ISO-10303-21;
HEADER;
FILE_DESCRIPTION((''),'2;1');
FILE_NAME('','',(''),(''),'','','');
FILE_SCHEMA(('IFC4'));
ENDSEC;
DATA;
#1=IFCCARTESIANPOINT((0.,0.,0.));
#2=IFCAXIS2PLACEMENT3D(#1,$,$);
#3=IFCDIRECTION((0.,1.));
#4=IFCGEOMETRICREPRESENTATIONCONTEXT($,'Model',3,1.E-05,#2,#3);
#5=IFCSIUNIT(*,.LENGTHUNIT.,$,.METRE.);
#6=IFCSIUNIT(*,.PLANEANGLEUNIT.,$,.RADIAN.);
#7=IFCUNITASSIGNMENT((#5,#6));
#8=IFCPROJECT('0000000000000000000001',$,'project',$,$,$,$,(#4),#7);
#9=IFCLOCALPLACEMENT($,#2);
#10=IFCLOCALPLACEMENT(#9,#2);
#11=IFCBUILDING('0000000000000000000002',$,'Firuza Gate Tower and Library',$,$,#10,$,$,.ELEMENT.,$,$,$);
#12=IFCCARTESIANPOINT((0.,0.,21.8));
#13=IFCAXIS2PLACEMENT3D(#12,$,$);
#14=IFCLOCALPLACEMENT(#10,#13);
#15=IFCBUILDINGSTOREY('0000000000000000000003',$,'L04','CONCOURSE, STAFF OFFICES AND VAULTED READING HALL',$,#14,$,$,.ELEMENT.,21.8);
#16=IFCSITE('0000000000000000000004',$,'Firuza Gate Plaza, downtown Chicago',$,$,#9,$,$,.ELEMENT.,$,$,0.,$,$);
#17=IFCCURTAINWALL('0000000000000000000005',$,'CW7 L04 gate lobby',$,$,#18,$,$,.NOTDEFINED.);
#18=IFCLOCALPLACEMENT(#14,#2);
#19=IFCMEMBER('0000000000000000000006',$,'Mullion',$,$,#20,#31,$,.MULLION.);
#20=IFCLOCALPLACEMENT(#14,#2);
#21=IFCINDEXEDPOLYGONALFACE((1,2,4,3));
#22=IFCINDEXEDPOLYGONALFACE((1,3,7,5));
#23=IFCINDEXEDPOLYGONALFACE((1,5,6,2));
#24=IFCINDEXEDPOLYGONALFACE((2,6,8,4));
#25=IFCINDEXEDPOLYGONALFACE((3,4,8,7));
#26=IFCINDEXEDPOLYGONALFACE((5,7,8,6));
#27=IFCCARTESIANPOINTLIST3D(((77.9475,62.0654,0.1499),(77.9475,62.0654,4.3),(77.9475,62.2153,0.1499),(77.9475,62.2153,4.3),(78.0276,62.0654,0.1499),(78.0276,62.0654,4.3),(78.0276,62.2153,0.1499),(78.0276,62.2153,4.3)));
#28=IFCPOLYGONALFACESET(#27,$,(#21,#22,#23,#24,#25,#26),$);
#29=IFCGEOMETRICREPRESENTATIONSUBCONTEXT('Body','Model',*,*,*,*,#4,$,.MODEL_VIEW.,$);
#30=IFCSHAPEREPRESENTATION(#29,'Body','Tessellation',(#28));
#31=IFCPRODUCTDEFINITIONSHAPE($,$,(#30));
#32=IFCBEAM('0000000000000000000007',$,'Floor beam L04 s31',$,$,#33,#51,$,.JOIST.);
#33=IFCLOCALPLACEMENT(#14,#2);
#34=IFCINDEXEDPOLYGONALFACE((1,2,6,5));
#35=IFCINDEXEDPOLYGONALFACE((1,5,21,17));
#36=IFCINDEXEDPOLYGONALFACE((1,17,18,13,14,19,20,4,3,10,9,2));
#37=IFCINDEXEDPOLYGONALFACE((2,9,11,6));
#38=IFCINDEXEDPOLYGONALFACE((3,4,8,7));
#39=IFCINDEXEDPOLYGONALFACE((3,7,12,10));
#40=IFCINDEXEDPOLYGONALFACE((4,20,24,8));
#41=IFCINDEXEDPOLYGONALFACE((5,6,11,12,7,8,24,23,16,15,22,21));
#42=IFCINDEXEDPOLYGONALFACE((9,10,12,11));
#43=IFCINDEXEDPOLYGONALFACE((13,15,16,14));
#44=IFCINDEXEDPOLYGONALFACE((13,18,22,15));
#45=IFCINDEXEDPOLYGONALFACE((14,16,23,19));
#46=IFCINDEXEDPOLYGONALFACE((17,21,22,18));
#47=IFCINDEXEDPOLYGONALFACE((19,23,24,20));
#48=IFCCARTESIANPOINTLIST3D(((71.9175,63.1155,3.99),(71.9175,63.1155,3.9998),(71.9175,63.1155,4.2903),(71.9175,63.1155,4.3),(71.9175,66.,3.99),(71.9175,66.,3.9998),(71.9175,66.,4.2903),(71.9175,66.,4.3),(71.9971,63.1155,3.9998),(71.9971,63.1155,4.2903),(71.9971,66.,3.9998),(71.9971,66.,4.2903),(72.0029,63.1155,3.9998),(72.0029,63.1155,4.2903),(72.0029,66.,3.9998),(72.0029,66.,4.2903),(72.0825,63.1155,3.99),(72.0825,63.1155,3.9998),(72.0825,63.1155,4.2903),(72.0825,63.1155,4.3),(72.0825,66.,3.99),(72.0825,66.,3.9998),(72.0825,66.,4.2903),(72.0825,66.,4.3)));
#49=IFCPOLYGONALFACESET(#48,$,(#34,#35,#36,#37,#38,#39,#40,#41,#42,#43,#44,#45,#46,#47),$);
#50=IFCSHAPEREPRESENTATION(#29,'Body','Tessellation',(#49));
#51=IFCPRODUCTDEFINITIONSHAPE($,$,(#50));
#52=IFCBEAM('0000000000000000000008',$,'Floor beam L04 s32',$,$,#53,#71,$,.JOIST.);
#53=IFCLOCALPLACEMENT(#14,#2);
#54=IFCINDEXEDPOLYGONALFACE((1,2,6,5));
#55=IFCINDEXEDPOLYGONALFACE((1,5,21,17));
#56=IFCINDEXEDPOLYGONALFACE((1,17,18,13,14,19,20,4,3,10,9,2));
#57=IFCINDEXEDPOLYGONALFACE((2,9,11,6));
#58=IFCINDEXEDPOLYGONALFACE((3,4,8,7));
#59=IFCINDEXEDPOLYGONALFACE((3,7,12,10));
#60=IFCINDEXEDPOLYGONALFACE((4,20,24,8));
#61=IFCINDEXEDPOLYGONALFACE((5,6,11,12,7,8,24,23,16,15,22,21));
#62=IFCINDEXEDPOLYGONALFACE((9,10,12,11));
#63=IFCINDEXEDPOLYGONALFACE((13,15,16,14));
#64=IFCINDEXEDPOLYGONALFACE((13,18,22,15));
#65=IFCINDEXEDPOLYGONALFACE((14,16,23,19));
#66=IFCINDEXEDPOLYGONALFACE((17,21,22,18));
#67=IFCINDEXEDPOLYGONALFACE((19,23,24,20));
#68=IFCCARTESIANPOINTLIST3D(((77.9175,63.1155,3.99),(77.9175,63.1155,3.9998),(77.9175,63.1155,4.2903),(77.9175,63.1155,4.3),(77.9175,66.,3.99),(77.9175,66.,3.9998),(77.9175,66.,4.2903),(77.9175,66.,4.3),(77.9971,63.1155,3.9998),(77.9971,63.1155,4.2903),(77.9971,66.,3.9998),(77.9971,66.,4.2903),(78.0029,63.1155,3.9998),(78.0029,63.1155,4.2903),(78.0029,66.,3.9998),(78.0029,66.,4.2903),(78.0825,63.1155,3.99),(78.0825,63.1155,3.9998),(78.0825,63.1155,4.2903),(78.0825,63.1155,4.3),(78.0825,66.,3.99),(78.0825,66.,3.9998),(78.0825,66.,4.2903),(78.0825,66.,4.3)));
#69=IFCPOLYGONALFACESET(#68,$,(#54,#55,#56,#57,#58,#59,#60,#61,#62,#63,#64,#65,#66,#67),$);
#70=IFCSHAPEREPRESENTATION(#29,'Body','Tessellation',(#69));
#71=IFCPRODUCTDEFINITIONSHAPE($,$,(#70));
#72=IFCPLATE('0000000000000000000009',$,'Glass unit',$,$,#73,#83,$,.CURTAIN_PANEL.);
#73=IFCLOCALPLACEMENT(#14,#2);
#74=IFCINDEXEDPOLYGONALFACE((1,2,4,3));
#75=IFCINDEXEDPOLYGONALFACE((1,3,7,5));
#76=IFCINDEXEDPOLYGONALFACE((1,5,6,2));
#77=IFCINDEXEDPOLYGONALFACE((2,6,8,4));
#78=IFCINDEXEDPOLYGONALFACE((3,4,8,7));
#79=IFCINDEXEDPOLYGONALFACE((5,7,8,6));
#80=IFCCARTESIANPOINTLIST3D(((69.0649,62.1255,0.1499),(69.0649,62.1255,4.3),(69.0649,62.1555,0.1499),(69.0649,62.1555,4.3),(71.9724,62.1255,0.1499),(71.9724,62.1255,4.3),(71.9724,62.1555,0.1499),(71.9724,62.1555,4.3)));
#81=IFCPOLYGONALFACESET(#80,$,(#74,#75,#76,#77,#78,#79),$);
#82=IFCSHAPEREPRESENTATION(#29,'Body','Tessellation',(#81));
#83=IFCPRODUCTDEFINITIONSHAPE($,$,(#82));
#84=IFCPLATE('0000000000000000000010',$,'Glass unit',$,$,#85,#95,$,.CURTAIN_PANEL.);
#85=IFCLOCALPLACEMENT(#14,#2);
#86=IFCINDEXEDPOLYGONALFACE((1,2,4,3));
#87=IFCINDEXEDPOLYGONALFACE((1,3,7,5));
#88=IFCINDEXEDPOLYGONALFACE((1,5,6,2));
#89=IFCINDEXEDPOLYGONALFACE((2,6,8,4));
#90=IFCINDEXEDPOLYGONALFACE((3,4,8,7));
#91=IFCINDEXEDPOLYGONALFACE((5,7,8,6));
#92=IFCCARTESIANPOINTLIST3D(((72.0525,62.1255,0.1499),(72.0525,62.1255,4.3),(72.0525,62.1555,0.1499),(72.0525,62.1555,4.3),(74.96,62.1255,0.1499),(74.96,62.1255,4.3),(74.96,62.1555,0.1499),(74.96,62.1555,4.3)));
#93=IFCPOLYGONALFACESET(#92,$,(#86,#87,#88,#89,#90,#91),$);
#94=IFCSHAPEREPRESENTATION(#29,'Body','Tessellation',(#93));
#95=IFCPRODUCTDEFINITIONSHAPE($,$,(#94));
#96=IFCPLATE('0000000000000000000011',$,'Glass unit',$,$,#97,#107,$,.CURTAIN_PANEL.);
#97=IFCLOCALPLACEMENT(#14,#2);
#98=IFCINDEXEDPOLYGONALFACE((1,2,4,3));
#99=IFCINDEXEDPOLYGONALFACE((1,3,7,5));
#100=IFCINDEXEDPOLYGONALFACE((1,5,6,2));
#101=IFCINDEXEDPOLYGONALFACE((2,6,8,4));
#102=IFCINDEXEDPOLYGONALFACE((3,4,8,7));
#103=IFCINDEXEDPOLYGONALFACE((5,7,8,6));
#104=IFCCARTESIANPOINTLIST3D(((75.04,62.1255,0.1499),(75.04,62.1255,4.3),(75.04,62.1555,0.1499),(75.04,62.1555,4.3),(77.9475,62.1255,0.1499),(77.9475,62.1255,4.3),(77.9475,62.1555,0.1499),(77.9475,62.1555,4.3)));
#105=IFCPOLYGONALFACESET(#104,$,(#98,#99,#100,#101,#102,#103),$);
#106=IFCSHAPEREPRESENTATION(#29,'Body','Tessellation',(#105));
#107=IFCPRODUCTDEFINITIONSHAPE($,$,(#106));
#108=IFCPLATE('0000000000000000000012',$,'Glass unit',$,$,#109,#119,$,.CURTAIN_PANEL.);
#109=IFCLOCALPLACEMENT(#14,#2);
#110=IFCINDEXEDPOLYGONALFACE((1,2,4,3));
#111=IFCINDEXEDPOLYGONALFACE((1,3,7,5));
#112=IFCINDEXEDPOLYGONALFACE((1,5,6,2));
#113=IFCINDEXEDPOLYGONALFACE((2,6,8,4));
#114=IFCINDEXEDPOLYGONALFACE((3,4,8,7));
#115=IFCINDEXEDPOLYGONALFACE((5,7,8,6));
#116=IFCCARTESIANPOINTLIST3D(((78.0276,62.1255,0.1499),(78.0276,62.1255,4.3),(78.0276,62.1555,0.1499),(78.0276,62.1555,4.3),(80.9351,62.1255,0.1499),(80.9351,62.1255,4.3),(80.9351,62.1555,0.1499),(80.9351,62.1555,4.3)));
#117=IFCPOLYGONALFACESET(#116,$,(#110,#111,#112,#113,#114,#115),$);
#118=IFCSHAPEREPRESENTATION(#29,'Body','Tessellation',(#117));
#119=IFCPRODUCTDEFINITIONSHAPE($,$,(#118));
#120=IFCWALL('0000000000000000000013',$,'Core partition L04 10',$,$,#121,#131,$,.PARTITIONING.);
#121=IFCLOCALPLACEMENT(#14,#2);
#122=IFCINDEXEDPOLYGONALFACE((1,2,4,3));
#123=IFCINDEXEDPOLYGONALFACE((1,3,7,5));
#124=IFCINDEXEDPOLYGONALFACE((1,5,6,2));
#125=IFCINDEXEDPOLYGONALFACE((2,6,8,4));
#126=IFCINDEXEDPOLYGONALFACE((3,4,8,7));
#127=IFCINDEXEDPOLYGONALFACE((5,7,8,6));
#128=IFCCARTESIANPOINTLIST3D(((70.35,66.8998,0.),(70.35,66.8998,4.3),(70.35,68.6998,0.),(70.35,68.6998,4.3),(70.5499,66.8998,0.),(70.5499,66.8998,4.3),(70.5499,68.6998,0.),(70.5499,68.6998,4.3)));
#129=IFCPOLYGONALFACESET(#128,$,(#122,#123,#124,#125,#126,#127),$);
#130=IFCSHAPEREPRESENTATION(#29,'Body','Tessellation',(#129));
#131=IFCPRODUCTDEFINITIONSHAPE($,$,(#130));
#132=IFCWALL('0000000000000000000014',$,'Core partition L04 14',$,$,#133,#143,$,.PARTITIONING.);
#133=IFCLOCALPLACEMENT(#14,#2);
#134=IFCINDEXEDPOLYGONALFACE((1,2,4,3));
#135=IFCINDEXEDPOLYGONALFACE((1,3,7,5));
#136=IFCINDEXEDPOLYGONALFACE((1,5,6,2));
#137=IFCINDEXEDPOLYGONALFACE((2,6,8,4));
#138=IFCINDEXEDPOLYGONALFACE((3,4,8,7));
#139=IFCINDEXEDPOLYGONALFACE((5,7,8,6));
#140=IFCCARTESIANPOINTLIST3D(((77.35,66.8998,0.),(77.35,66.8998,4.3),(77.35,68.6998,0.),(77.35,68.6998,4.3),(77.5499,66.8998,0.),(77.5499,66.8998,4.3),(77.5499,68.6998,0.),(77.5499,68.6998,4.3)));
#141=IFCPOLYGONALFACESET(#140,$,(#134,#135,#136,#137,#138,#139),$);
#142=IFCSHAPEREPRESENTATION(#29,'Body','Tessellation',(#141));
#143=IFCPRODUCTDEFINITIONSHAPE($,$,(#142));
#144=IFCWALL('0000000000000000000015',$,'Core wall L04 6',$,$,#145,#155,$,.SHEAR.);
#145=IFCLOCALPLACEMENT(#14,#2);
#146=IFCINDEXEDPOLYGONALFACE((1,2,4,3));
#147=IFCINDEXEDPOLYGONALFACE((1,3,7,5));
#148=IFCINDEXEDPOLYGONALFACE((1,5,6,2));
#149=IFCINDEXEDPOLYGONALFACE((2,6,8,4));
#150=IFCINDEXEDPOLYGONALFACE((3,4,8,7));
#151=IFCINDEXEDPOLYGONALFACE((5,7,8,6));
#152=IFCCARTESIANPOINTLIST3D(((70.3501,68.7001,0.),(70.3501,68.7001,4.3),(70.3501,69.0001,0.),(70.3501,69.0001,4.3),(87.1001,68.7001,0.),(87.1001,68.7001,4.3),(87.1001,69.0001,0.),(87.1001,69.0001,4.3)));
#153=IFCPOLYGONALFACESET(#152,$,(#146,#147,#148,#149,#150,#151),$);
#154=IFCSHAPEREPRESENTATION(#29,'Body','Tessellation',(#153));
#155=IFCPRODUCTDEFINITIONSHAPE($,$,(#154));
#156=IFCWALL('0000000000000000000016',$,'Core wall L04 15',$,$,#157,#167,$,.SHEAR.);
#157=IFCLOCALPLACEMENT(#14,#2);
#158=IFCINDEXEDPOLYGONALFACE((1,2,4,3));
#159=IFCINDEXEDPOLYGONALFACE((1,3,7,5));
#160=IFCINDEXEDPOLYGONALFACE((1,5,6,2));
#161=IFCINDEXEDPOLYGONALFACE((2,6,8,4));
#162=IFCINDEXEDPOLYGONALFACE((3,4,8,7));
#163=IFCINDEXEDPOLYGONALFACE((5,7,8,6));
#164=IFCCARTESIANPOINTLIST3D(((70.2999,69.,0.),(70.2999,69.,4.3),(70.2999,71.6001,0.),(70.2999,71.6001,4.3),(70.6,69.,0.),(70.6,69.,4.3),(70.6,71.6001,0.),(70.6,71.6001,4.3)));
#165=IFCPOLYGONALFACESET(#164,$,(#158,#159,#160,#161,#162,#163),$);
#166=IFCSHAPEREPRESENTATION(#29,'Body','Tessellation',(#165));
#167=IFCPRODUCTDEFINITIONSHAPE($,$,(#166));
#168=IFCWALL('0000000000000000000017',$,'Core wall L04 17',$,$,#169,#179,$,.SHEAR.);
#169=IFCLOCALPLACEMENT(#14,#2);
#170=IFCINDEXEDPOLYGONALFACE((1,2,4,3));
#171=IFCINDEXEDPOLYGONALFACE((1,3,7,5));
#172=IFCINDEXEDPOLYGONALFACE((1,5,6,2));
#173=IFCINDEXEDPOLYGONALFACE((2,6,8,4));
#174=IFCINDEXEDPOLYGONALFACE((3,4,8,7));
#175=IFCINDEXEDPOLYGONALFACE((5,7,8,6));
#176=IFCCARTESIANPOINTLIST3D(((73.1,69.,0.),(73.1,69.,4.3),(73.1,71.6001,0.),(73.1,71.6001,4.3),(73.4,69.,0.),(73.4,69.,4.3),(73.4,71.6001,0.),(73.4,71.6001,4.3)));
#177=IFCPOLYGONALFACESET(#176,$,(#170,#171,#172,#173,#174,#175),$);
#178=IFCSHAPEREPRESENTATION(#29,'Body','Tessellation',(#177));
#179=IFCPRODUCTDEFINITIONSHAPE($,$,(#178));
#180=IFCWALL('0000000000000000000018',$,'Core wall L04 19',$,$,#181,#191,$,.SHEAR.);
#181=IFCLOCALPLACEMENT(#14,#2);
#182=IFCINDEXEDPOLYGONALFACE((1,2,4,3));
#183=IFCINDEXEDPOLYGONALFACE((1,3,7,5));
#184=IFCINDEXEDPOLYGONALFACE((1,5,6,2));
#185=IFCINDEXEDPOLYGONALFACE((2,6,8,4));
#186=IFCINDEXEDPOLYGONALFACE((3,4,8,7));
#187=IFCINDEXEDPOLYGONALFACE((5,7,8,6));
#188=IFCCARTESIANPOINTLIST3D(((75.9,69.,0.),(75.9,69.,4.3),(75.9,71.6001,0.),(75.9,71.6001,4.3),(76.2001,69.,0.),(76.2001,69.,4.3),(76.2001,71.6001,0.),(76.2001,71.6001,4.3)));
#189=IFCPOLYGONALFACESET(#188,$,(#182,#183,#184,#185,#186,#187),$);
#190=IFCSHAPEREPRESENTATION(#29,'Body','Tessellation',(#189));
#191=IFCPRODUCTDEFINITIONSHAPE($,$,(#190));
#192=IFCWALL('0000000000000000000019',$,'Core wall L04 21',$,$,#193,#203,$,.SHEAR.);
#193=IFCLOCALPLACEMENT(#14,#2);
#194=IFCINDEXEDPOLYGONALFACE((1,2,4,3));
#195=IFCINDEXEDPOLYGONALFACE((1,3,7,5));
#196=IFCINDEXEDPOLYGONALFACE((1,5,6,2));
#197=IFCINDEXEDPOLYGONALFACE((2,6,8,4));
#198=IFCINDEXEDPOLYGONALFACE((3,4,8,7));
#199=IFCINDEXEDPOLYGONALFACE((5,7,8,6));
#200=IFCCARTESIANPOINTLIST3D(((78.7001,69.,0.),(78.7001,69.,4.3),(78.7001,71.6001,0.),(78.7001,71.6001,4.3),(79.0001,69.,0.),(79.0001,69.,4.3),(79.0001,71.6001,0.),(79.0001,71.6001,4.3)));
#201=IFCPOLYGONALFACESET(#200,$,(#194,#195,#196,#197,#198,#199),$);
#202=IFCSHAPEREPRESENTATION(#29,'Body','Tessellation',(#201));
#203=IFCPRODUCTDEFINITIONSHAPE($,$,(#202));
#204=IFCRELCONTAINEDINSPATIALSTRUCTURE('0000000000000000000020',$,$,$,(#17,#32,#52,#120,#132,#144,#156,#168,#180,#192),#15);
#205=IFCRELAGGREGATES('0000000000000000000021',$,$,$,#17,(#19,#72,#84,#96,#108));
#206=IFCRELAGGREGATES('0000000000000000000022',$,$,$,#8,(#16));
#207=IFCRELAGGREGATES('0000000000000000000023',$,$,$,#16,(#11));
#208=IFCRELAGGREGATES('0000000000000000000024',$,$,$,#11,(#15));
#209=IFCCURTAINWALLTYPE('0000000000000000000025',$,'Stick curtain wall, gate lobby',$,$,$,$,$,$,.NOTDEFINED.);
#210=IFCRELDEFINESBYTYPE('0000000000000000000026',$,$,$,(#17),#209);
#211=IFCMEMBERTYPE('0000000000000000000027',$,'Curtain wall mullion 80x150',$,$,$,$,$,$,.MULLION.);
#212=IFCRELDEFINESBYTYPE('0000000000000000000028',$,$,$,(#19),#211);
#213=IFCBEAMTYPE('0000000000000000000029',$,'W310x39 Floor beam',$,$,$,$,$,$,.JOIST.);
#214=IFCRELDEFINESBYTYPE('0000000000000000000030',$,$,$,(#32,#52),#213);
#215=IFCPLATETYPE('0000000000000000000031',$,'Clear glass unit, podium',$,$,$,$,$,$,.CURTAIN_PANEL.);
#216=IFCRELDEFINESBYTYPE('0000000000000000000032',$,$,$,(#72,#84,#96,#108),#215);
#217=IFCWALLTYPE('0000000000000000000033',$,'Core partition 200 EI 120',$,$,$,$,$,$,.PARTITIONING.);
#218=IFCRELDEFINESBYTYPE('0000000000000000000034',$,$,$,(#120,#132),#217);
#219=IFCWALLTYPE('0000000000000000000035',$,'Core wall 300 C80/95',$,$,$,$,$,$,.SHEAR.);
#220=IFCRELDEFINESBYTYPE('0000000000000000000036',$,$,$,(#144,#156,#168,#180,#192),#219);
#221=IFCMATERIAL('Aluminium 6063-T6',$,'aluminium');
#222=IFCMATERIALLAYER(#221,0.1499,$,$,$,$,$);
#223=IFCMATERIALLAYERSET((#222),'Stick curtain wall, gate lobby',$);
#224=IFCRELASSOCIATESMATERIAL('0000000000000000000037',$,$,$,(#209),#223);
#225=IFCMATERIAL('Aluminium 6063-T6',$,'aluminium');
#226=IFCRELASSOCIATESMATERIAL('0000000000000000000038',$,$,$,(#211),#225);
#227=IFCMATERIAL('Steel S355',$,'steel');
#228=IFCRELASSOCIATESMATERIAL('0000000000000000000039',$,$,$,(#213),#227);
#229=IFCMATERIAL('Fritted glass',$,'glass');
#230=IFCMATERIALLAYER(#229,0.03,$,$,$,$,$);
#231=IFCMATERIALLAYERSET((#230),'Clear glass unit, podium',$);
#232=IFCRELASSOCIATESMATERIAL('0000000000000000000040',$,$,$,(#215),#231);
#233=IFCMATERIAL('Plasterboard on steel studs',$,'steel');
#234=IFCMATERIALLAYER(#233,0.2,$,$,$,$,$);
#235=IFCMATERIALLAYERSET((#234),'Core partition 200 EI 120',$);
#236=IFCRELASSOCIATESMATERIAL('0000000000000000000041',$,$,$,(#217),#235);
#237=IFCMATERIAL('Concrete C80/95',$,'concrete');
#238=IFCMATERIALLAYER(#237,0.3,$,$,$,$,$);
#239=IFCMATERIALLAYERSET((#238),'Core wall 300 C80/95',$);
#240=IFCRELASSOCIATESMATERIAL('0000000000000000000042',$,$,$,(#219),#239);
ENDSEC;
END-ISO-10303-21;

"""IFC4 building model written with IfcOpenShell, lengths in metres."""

from ifc_helpers import new_model, si_unit, direction, frame, frame_2d, origin, origin_2d, place, context, subcontext, project, spatial, polyline, rectangle, i_section, outline, extrude, material, layer, layer_set, material_profile, profile_set, type_object, element, aggregate, save


model = new_model("IFC4")

# Units and contexts
model_context = context("Model", 3, precision=1e-05, world=origin(), true_north=direction((0.0, 1.0)))
body_context = subcontext(model_context, "Body", "Model", "MODEL_VIEW")
ifc_project = project(units=[si_unit("LENGTHUNIT", "METRE"), si_unit("PLANEANGLEUNIT", "RADIAN")], contexts=[model_context])

# Site, building, storey
site_placement = place(None, origin())
site = spatial("IfcSite", under=ifc_project, at=site_placement, Name="Firuza Gate Plaza, downtown Chicago", CompositionType="ELEMENT", RefElevation=0.0)
building_placement = place(site_placement, origin())
building = spatial("IfcBuilding", under=site, at=building_placement, Name="Firuza Gate Tower and Library", CompositionType="ELEMENT")
storey_placement = place(building_placement, frame((0.0, 0.0, 21.8)))
storey = spatial("IfcBuildingStorey", under=building, at=storey_placement, Name="L04", Description="CONCOURSE, STAFF OFFICES AND VAULTED READING HALL", CompositionType="ELEMENT", Elevation=21.8)

# Curtain wall, member
ifc_material_1 = material(Name="Aluminium 6063-T6", Category="aluminium")
ifc_layer_1 = layer(ifc_material_1, 0.1499)
ifc_layer_set_1 = layer_set([ifc_layer_1], Name="Stick curtain wall, gate lobby")
curtain_wall_type = type_object("IfcCurtainWallType", Name="Stick curtain wall, gate lobby", PredefinedType="NOTDEFINED", material=ifc_layer_set_1)
curtain_wall_placement = place(storey_placement, origin())
curtain_wall = element("IfcCurtainWall", 1, at=curtain_wall_placement, inside=storey, type_object=curtain_wall_type, Name="CW7 L04 gate lobby", PredefinedType="NOTDEFINED")
ifc_material_2 = material(Name="Aluminium 6063-T6", Category="aluminium")
ifc_material_profile_1 = material_profile(ifc_material_2, rectangle(XDim=0.1499, YDim=0.0801, at=origin_2d()))
ifc_profile_set_1 = profile_set([ifc_material_profile_1], Name="Aluminium 6063-T6")
member_type_1 = type_object("IfcMemberType", Name="Curtain wall mullion 80x150", PredefinedType="MULLION", material=ifc_profile_set_1)
member_1_placement = place(storey_placement, frame((77.9875, 62.1404, 0.1499), z_axis=(0.0, 0.0, 1.0), x_axis=(0.0, 1.0, 0.0)))
member_1 = element("IfcMember", 2, at=member_1_placement, type_object=member_type_1, Name="Mullion", PredefinedType="MULLION", context=body_context, shape_type="SweptSolid", body=[
    extrude(rectangle(XDim=0.1499, YDim=0.0801, at=origin_2d()), origin(), (0.0, 0.0, 1.0), 4.1501),
])

# Beams
ifc_material_3 = material(Name="Steel S355", Category="steel")
ifc_material_profile_2 = material_profile(ifc_material_3, i_section(OverallWidth=0.165, OverallDepth=0.3101, WebThickness=0.0059, FlangeThickness=0.0098, at=origin_2d()))
ifc_profile_set_2 = profile_set([ifc_material_profile_2], Name="Steel S355")
beam_type_1 = type_object("IfcBeamType", Name="W310x39 Floor beam", PredefinedType="JOIST", material=ifc_profile_set_2)
for number, where, z_axis, x_axis, name in (
    (3, (72.0, 63.1155, 4.145), (0.0, 1.0, 0.0), (-1.0, 0.0, 0.0), "Floor beam L04 s31"),
    (4, (78.0, 63.1155, 4.145), (0.0, 1.0, 0.0), (-1.0, 0.0, 0.0), "Floor beam L04 s32"),
):
    element("IfcBeam", number, at=place(storey_placement, frame(where, z_axis=z_axis, x_axis=x_axis)), inside=storey, type_object=beam_type_1, Name=name, PredefinedType="JOIST", context=body_context, shape_type="SweptSolid", body=[
        extrude(i_section(OverallWidth=0.165, OverallDepth=0.3101, WebThickness=0.0059, FlangeThickness=0.0098, at=origin_2d()), origin(), (0.0, 0.0, 1.0), 2.8845),
    ])

# Plates
ifc_material_4 = material(Name="Fritted glass", Category="glass")
ifc_layer_2 = layer(ifc_material_4, 0.03)
ifc_layer_set_2 = layer_set([ifc_layer_2], Name="Clear glass unit, podium")
plate_type = type_object("IfcPlateType", Name="Clear glass unit, podium", PredefinedType="CURTAIN_PANEL", material=ifc_layer_set_2)
plate_1_placement = place(storey_placement, frame((69.0649, 62.1255, 0.1499), z_axis=(0.0, -1.0, 0.0), x_axis=(1.0, 0.0, 0.0)))
plate_1 = element("IfcPlate", 5, at=plate_1_placement, type_object=plate_type, Name="Glass unit", PredefinedType="CURTAIN_PANEL", context=body_context, shape_type="SweptSolid", body=[
    extrude(outline(polyline([(0.0, 0.0), (2.9075, 0.0), (2.9075, 4.1501), (0.0, 4.1501), (0.0, 0.0)])), origin(), (0.0, 0.0, -1.0), 0.03),
])
plate_2_placement = place(storey_placement, frame((72.0525, 62.1255, 0.1499), z_axis=(0.0, -1.0, 0.0), x_axis=(1.0, 0.0, 0.0)))
plate_2 = element("IfcPlate", 6, at=plate_2_placement, type_object=plate_type, Name="Glass unit", PredefinedType="CURTAIN_PANEL", context=body_context, shape_type="SweptSolid", body=[
    extrude(outline(polyline([(0.0, 0.0), (2.9075, 0.0), (2.9075, 4.1501), (0.0, 4.1501), (0.0, 0.0)])), origin(), (0.0, 0.0, -1.0), 0.03),
])
plate_3_placement = place(storey_placement, frame((75.04, 62.1255, 0.1499), z_axis=(0.0, -1.0, 0.0), x_axis=(1.0, 0.0, 0.0)))
plate_3 = element("IfcPlate", 7, at=plate_3_placement, type_object=plate_type, Name="Glass unit", PredefinedType="CURTAIN_PANEL", context=body_context, shape_type="SweptSolid", body=[
    extrude(outline(polyline([(0.0, 0.0), (2.9075, 0.0), (2.9075, 4.1501), (0.0, 4.1501), (0.0, 0.0)])), origin(), (0.0, 0.0, -1.0), 0.03),
])
plate_4_placement = place(storey_placement, frame((78.0276, 62.1255, 0.1499), z_axis=(0.0, -1.0, 0.0), x_axis=(1.0, 0.0, 0.0)))
plate_4 = element("IfcPlate", 8, at=plate_4_placement, type_object=plate_type, Name="Glass unit", PredefinedType="CURTAIN_PANEL", context=body_context, shape_type="SweptSolid", body=[
    extrude(outline(polyline([(0.0, 0.0), (2.9075, 0.0), (2.9075, 4.1501), (0.0, 4.1501), (0.0, 0.0)])), origin(), (0.0, 0.0, -1.0), 0.03),
])
aggregate(curtain_wall, [member_1, plate_1, plate_2, plate_3, plate_4])

# Walls
ifc_material_5 = material(Name="Plasterboard on steel studs", Category="steel")
ifc_layer_3 = layer(ifc_material_5, 0.2)
ifc_layer_set_3 = layer_set([ifc_layer_3], Name="Core partition 200 EI 120")
wall_type_1 = type_object("IfcWallType", Name="Core partition 200 EI 120", PredefinedType="PARTITIONING", material=ifc_layer_set_3)
for number, where, z_axis, x_axis, name in (
    (9, (70.45, 66.8999, 0.0), (0.0, 0.0, 1.0), (0.0, 1.0, 0.0), "Core partition L04 10"),
    (10, (77.45, 66.8999, 0.0), (0.0, 0.0, 1.0), (0.0, 1.0, 0.0), "Core partition L04 14"),
):
    element("IfcWall", number, at=place(storey_placement, frame(where, z_axis=z_axis, x_axis=x_axis)), inside=storey, type_object=wall_type_1, Name=name, PredefinedType="PARTITIONING", context=body_context, shape_type="SweptSolid", body=[
        extrude(rectangle(XDim=1.8, YDim=0.2, at=frame_2d((0.8999, 0.0))), origin(), (0.0, 0.0, 1.0), 4.3),
    ])
ifc_material_6 = material(Name="Concrete C80/95", Category="concrete")
ifc_layer_4 = layer(ifc_material_6, 0.3)
ifc_layer_set_4 = layer_set([ifc_layer_4], Name="Core wall 300 C80/95")
wall_type_2 = type_object("IfcWallType", Name="Core wall 300 C80/95", PredefinedType="SHEAR", material=ifc_layer_set_4)
wall_placement = place(storey_placement, frame((70.3501, 68.8501, 0.0), z_axis=(0.0, 0.0, 1.0), x_axis=(1.0, 0.0, 0.0)))
element("IfcWall", 11, at=wall_placement, inside=storey, type_object=wall_type_2, Name="Core wall L04 6", PredefinedType="SHEAR", context=body_context, shape_type="SweptSolid", body=[
    extrude(rectangle(XDim=16.75, YDim=0.3, at=frame_2d((8.375, 0.0))), origin(), (0.0, 0.0, 1.0), 4.3),
])
for number, where, z_axis, x_axis, name in (
    (12, (70.45, 69.0, 0.0), (0.0, 0.0, 1.0), (0.0, 1.0, 0.0), "Core wall L04 15"),
    (13, (73.25, 69.0, 0.0), (0.0, 0.0, 1.0), (0.0, 1.0, 0.0), "Core wall L04 17"),
    (14, (76.05, 69.0, 0.0), (0.0, 0.0, 1.0), (0.0, 1.0, 0.0), "Core wall L04 19"),
    (15, (78.8501, 69.0, 0.0), (0.0, 0.0, 1.0), (0.0, 1.0, 0.0), "Core wall L04 21"),
):
    element("IfcWall", number, at=place(storey_placement, frame(where, z_axis=z_axis, x_axis=x_axis)), inside=storey, type_object=wall_type_2, Name=name, PredefinedType="SHEAR", context=body_context, shape_type="SweptSolid", body=[
        extrude(rectangle(XDim=2.6001, YDim=0.3, at=frame_2d((1.3, 0.0))), origin(), (0.0, 0.0, 1.0), 4.3),
    ])

save(model, "model.ifc")
